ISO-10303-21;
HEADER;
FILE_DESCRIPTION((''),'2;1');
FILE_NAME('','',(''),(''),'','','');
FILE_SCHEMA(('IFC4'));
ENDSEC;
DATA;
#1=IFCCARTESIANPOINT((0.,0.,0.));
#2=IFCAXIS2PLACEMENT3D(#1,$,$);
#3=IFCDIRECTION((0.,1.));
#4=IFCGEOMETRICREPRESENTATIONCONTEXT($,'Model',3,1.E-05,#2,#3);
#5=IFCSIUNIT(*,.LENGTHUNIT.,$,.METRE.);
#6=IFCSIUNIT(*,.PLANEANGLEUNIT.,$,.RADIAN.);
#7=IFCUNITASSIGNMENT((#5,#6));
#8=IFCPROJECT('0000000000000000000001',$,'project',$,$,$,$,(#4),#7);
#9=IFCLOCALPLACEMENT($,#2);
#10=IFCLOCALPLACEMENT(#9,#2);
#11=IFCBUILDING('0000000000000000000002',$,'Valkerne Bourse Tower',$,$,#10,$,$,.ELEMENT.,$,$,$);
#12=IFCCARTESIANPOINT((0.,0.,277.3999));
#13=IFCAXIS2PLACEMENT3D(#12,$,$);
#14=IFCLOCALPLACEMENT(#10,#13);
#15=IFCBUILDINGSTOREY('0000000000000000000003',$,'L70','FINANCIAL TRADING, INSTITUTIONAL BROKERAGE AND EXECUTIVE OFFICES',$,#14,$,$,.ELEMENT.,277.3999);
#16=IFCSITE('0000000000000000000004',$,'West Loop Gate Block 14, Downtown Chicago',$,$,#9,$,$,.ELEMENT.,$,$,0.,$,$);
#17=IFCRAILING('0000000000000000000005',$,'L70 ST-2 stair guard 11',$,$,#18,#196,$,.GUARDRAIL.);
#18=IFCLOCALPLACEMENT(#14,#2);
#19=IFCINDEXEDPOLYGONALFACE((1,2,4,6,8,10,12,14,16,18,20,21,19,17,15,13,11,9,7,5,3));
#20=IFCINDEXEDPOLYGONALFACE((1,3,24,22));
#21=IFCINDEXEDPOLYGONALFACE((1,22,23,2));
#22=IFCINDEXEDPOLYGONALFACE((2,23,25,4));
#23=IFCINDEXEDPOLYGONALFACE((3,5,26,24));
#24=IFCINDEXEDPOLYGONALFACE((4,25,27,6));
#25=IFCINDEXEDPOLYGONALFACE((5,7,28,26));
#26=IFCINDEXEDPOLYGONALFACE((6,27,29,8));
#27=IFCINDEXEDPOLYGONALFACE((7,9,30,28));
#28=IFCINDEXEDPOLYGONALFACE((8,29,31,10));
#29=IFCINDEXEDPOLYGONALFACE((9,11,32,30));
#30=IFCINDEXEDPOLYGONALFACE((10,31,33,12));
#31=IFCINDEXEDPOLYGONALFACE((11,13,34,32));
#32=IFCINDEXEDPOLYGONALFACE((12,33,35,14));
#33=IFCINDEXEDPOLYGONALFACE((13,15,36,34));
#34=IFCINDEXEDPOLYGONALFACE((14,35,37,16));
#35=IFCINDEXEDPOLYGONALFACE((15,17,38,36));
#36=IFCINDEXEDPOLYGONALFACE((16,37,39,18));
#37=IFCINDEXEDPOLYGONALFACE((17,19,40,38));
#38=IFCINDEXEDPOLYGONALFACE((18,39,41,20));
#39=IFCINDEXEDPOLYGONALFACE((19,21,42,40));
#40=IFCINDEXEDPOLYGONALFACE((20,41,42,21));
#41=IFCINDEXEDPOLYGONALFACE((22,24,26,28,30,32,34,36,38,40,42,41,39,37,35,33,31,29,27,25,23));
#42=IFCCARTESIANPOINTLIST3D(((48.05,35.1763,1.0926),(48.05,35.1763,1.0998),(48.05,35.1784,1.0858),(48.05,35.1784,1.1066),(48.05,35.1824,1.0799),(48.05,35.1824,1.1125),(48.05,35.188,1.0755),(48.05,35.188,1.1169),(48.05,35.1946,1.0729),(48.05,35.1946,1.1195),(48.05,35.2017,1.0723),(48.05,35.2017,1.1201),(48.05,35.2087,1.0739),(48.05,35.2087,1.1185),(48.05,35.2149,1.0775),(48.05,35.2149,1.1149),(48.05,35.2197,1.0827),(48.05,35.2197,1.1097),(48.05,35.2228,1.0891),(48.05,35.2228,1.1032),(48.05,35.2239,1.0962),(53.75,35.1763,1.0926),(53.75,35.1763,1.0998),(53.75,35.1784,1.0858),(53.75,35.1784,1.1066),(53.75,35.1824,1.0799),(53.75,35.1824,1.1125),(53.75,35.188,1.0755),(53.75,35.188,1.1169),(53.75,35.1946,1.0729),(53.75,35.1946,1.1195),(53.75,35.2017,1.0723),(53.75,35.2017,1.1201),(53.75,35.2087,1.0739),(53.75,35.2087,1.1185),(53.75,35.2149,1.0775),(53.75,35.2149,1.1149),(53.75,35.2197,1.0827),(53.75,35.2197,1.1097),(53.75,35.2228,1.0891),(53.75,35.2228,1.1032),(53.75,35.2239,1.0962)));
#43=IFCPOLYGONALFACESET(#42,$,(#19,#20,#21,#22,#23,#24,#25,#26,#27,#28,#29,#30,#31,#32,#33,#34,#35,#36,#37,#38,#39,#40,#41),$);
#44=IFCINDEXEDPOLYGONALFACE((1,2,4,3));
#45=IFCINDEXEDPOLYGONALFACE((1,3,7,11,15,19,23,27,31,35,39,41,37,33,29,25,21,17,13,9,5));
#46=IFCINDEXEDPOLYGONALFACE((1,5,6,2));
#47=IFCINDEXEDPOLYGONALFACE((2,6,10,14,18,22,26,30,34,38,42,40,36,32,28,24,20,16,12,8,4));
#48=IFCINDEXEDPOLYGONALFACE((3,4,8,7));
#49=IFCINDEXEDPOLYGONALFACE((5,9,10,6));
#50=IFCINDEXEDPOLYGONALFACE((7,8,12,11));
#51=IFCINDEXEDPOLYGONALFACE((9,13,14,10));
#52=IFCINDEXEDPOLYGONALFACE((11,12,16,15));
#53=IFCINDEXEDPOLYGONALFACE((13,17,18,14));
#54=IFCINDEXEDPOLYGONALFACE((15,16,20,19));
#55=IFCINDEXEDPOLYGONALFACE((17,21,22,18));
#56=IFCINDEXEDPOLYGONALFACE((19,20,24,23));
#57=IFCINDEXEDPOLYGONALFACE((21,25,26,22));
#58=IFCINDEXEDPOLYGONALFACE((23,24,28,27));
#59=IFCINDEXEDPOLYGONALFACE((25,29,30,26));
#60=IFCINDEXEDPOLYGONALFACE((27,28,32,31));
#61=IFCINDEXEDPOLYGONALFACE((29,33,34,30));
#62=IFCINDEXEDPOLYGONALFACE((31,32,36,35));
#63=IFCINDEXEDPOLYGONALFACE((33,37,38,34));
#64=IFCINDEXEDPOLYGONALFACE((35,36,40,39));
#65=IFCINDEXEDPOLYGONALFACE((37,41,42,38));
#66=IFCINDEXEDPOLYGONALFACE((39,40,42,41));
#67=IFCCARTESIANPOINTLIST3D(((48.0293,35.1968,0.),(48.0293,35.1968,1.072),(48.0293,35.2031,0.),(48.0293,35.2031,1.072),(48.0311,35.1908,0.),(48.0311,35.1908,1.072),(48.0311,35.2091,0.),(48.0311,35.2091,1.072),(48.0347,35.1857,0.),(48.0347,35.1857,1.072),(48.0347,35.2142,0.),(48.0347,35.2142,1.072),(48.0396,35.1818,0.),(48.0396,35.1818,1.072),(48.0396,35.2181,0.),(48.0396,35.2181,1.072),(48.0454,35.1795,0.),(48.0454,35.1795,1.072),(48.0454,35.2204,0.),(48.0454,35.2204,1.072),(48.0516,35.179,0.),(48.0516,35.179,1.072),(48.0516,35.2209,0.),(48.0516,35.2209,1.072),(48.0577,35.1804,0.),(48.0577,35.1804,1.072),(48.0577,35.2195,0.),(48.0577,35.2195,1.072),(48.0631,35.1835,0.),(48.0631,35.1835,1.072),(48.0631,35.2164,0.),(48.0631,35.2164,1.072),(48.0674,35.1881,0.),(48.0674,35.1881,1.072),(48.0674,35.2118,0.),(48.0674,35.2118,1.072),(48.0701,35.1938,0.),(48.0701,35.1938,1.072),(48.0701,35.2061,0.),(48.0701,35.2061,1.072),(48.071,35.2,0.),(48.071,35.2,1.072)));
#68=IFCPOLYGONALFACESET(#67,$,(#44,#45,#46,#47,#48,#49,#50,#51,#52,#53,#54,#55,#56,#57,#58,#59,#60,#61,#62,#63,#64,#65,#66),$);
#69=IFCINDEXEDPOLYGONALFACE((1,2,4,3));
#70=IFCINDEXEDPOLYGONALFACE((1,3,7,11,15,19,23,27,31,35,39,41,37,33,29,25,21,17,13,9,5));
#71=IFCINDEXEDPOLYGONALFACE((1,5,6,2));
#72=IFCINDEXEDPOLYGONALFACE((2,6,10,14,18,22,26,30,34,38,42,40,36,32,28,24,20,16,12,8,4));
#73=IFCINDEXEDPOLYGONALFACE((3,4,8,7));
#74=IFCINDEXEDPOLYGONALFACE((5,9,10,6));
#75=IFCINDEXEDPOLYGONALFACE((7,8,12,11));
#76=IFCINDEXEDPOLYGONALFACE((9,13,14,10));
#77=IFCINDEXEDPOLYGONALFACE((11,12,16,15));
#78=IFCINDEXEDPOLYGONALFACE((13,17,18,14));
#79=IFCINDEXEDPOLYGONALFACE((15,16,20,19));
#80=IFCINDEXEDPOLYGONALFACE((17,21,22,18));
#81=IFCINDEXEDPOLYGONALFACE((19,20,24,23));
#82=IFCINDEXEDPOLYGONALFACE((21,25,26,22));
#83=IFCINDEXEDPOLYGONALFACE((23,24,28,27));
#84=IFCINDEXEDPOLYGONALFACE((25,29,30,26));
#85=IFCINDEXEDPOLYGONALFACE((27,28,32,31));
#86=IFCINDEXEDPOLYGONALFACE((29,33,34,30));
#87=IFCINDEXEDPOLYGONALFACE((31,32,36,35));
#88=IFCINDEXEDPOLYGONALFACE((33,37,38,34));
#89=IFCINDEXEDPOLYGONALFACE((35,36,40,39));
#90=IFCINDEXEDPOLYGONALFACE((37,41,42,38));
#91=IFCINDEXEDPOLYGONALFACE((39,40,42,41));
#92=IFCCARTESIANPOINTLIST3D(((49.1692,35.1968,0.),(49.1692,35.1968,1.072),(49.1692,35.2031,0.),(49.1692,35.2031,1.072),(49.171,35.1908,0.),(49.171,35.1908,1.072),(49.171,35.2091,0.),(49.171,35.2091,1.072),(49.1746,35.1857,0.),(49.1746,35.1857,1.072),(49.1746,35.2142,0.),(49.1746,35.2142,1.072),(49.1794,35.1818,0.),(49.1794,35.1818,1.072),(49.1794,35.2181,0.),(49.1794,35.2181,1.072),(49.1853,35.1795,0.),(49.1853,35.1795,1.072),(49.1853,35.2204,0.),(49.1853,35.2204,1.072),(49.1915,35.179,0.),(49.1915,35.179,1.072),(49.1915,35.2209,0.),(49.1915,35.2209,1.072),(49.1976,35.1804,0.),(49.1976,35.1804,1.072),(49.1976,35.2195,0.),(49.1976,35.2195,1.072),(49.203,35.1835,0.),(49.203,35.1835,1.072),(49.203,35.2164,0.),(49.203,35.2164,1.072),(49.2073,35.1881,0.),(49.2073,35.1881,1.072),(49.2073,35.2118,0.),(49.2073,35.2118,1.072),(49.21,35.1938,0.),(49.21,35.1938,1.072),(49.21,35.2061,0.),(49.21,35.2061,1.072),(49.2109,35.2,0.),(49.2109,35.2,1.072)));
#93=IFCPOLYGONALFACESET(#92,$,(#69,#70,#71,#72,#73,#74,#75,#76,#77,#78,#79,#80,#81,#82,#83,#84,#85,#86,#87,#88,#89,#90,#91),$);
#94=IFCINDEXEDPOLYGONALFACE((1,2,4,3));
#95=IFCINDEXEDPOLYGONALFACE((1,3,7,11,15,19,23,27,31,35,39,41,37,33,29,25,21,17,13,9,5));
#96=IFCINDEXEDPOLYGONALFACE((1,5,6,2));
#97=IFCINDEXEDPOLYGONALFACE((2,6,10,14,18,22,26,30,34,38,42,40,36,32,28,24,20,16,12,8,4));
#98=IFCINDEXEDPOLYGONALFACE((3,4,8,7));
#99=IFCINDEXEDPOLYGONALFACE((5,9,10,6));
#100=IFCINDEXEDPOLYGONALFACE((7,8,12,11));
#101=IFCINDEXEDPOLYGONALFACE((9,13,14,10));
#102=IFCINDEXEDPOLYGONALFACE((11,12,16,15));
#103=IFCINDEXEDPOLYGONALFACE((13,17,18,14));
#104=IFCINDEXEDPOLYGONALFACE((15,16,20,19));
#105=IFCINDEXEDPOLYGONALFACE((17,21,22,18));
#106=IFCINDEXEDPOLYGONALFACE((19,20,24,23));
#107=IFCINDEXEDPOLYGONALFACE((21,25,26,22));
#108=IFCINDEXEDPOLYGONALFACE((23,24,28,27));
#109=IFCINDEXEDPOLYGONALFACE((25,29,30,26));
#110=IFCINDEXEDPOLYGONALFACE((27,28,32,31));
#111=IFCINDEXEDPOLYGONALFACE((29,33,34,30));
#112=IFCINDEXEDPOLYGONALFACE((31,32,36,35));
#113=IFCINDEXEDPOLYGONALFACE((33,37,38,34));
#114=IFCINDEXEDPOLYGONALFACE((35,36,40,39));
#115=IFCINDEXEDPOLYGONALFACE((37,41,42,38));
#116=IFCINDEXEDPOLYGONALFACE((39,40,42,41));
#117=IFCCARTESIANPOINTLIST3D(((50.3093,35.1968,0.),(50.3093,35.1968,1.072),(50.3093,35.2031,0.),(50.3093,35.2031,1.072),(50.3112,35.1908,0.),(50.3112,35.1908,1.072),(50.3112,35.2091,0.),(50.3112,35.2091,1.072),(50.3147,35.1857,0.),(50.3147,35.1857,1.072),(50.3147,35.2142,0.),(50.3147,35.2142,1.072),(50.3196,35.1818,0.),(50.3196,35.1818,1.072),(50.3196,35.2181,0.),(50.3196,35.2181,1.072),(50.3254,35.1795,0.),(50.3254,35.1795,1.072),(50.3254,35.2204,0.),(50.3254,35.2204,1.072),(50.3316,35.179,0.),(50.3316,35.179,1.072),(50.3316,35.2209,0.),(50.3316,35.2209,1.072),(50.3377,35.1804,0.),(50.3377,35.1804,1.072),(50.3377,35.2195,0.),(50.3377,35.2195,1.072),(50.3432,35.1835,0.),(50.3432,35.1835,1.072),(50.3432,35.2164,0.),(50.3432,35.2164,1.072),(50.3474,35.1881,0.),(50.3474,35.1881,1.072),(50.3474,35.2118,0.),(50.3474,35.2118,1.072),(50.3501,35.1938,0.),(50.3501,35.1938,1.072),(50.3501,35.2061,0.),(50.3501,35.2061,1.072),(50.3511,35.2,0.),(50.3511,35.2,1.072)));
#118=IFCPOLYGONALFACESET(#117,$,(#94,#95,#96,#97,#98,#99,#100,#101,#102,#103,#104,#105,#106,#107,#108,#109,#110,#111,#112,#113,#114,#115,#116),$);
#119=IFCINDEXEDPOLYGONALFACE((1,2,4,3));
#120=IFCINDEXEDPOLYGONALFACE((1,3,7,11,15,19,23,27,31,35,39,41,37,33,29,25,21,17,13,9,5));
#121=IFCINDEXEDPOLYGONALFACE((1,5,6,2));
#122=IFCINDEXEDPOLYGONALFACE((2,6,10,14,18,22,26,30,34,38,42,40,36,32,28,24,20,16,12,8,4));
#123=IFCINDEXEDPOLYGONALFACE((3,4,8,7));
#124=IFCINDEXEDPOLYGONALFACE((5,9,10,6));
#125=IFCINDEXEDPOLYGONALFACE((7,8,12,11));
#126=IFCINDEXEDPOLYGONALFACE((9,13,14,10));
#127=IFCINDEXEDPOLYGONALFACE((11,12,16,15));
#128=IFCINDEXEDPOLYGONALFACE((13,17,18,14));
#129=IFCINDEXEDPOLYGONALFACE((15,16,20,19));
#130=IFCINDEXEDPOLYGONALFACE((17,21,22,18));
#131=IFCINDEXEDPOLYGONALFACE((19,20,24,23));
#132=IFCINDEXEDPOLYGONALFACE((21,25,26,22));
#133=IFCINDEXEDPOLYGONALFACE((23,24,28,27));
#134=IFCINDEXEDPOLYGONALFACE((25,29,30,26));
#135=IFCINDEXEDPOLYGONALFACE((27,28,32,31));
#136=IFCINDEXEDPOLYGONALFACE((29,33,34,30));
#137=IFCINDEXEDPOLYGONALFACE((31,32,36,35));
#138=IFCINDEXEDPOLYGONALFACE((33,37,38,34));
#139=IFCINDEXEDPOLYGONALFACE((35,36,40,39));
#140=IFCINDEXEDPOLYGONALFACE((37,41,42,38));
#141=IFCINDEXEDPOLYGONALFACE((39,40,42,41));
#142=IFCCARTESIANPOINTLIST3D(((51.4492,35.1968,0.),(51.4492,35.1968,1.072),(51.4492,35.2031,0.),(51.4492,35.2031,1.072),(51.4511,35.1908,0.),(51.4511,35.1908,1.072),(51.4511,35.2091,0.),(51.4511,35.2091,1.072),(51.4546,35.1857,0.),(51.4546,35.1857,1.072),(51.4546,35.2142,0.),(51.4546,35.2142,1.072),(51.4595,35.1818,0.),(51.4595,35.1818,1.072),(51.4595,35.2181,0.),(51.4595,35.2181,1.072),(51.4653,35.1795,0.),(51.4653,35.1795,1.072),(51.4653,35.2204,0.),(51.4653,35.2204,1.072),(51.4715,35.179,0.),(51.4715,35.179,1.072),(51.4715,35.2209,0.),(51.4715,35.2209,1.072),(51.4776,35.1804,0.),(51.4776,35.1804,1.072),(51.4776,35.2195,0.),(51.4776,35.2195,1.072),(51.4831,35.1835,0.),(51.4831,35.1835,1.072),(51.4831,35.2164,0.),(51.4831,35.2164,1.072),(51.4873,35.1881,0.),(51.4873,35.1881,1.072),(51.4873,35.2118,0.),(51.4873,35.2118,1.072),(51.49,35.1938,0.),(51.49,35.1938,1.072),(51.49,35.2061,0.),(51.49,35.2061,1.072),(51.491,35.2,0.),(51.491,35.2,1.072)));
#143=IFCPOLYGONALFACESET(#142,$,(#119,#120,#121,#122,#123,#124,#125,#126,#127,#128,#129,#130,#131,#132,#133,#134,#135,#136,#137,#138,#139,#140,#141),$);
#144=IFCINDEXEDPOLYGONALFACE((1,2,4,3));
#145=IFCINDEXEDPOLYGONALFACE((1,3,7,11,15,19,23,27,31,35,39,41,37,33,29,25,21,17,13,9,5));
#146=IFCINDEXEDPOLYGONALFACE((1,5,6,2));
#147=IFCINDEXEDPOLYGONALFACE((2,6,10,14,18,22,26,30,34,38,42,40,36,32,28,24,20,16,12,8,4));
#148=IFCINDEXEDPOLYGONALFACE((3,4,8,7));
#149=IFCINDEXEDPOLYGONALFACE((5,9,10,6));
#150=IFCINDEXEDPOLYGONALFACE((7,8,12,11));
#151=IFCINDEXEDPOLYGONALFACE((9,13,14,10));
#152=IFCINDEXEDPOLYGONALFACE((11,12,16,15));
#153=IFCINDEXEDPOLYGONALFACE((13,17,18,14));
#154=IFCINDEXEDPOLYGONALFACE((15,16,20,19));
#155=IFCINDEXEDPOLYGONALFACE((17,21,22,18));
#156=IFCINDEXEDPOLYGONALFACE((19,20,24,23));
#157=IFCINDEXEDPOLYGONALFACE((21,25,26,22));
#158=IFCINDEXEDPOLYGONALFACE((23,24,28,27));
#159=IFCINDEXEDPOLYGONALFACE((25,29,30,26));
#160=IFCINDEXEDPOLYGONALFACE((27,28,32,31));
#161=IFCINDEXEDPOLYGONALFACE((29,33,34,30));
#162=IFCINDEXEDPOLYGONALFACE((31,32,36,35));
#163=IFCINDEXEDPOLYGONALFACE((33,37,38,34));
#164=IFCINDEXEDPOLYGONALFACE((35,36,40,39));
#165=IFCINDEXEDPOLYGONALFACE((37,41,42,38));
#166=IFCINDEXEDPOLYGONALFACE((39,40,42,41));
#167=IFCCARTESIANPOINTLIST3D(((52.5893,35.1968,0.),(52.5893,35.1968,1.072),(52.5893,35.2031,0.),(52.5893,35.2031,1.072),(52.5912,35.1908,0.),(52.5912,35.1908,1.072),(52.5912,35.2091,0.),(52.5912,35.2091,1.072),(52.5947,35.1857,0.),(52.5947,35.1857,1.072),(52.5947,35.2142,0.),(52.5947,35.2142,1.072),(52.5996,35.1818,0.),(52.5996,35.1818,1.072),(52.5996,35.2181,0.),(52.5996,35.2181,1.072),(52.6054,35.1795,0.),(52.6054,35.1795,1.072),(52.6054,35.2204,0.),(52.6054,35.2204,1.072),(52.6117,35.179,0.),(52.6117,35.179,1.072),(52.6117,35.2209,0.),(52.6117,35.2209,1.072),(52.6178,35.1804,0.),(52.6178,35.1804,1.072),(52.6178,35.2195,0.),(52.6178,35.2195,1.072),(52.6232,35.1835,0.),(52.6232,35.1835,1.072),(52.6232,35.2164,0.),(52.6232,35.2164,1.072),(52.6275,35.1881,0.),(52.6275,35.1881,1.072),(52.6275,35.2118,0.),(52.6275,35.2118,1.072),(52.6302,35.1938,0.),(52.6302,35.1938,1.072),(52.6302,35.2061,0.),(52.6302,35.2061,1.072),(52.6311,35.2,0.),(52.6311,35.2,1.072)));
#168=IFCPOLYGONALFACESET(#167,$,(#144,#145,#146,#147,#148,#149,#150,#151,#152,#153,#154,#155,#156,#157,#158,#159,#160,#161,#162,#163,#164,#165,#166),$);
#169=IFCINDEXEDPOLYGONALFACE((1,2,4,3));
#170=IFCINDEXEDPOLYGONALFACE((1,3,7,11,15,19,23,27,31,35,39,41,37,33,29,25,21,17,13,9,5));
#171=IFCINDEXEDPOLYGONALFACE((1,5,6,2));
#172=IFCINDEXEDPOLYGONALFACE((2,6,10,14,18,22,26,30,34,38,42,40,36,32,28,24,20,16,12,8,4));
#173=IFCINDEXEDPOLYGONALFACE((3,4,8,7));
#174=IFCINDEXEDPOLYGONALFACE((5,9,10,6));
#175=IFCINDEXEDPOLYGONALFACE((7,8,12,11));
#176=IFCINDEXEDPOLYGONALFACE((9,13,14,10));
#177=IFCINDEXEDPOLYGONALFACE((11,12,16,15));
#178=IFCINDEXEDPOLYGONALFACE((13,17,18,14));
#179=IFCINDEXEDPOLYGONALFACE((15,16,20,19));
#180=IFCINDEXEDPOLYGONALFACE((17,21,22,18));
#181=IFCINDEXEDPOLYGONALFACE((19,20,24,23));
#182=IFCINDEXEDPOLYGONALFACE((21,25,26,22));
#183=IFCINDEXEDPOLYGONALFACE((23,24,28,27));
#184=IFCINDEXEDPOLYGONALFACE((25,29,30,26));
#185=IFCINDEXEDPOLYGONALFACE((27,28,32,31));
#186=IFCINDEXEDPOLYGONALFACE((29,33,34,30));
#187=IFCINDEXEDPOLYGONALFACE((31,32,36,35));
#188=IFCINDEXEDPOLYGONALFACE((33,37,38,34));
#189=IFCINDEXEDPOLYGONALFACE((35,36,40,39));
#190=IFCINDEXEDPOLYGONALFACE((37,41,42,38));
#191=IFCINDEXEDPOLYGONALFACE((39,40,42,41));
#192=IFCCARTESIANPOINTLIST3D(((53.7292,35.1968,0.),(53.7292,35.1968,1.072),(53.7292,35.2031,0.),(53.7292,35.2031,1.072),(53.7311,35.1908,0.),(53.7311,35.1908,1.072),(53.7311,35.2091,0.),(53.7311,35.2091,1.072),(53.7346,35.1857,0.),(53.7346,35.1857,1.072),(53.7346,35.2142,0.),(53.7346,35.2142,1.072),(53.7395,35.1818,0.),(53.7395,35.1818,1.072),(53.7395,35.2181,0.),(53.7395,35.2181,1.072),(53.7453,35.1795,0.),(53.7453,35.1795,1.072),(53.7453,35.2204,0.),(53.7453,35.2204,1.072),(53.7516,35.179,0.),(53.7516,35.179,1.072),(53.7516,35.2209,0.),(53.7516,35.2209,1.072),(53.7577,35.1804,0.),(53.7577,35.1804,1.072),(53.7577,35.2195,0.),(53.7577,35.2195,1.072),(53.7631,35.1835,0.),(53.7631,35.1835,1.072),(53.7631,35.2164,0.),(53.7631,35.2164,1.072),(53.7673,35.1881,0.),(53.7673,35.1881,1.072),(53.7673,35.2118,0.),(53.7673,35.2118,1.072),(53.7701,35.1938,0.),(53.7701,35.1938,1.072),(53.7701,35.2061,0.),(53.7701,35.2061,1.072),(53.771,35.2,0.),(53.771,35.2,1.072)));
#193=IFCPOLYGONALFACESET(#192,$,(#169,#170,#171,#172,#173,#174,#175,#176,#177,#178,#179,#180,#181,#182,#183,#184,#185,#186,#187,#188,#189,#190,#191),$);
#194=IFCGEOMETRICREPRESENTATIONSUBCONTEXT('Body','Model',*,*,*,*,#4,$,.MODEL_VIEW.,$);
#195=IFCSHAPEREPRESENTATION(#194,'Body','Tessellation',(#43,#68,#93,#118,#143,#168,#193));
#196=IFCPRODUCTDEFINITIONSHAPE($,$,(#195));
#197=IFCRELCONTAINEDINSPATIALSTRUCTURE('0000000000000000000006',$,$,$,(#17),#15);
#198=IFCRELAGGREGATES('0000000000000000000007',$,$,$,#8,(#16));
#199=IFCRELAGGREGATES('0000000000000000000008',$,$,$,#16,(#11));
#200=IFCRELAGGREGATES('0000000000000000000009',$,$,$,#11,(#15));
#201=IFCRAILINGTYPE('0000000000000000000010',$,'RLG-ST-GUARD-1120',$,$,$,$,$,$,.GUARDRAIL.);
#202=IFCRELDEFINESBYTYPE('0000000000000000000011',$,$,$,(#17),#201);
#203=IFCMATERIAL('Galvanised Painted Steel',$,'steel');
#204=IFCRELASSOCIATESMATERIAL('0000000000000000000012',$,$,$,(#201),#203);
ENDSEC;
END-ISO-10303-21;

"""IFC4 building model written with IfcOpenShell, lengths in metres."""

from ifc_helpers import new_model, si_unit, direction, frame, origin, origin_2d, place, context, subcontext, project, spatial, circle, extrude, material, type_object, element, save


model = new_model("IFC4")

# Units and contexts
model_context = context("Model", 3, precision=1e-05, world=origin(), true_north=direction((0.0, 1.0)))
body_context = subcontext(model_context, "Body", "Model", "MODEL_VIEW")
ifc_project = project(units=[si_unit("LENGTHUNIT", "METRE"), si_unit("PLANEANGLEUNIT", "RADIAN")], contexts=[model_context])

# Site, building, storey
site_placement = place(None, origin())
site = spatial("IfcSite", under=ifc_project, at=site_placement, Name="West Loop Gate Block 14, Downtown Chicago", CompositionType="ELEMENT", RefElevation=0.0)
building_placement = place(site_placement, origin())
building = spatial("IfcBuilding", under=site, at=building_placement, Name="Valkerne Bourse Tower", CompositionType="ELEMENT")
storey_placement = place(building_placement, frame((0.0, 0.0, 277.3999)))
storey = spatial("IfcBuildingStorey", under=building, at=storey_placement, Name="L70", Description="FINANCIAL TRADING, INSTITUTIONAL BROKERAGE AND EXECUTIVE OFFICES", CompositionType="ELEMENT", Elevation=277.3999)

# Shared definitions
ifc_material_1 = material(Name="Galvanised Painted Steel", Category="steel")

# Railing
railing_type_1 = type_object("IfcRailingType", Name="RLG-ST-GUARD-1120", PredefinedType="GUARDRAIL", material=ifc_material_1)
for number, where, name in (
    (1, (48.05, 35.2, 0.0), "L70 ST-2 stair guard 11"),
):
    element("IfcRailing", number, at=place(storey_placement, frame(where)), inside=storey, type_object=railing_type_1, Name=name, PredefinedType="GUARDRAIL", context=body_context, shape_type="SweptSolid", body=[
        extrude(circle(Radius=0.0239, at=origin_2d()), frame((0.0, 0.0, 1.0962), z_axis=(1.0, 0.0, 0.0), x_axis=(0.0, 1.0, 0.0)), (0.0, 0.0, 1.0), 5.7),
        extrude(circle(Radius=0.021, at=origin_2d()), origin(), (0.0, 0.0, 1.0), 1.072),
        extrude(circle(Radius=0.021, at=origin_2d()), frame((1.1399, 0.0, 0.0)), (0.0, 0.0, 1.0), 1.072),
        extrude(circle(Radius=0.021, at=origin_2d()), frame((2.28, 0.0, 0.0)), (0.0, 0.0, 1.0), 1.072),
        extrude(circle(Radius=0.021, at=origin_2d()), frame((3.4199, 0.0, 0.0)), (0.0, 0.0, 1.0), 1.072),
        extrude(circle(Radius=0.021, at=origin_2d()), frame((4.5601, 0.0, 0.0)), (0.0, 0.0, 1.0), 1.072),
        extrude(circle(Radius=0.021, at=origin_2d()), frame((5.7, 0.0, 0.0)), (0.0, 0.0, 1.0), 1.072),
    ])

save(model, "model.ifc")
